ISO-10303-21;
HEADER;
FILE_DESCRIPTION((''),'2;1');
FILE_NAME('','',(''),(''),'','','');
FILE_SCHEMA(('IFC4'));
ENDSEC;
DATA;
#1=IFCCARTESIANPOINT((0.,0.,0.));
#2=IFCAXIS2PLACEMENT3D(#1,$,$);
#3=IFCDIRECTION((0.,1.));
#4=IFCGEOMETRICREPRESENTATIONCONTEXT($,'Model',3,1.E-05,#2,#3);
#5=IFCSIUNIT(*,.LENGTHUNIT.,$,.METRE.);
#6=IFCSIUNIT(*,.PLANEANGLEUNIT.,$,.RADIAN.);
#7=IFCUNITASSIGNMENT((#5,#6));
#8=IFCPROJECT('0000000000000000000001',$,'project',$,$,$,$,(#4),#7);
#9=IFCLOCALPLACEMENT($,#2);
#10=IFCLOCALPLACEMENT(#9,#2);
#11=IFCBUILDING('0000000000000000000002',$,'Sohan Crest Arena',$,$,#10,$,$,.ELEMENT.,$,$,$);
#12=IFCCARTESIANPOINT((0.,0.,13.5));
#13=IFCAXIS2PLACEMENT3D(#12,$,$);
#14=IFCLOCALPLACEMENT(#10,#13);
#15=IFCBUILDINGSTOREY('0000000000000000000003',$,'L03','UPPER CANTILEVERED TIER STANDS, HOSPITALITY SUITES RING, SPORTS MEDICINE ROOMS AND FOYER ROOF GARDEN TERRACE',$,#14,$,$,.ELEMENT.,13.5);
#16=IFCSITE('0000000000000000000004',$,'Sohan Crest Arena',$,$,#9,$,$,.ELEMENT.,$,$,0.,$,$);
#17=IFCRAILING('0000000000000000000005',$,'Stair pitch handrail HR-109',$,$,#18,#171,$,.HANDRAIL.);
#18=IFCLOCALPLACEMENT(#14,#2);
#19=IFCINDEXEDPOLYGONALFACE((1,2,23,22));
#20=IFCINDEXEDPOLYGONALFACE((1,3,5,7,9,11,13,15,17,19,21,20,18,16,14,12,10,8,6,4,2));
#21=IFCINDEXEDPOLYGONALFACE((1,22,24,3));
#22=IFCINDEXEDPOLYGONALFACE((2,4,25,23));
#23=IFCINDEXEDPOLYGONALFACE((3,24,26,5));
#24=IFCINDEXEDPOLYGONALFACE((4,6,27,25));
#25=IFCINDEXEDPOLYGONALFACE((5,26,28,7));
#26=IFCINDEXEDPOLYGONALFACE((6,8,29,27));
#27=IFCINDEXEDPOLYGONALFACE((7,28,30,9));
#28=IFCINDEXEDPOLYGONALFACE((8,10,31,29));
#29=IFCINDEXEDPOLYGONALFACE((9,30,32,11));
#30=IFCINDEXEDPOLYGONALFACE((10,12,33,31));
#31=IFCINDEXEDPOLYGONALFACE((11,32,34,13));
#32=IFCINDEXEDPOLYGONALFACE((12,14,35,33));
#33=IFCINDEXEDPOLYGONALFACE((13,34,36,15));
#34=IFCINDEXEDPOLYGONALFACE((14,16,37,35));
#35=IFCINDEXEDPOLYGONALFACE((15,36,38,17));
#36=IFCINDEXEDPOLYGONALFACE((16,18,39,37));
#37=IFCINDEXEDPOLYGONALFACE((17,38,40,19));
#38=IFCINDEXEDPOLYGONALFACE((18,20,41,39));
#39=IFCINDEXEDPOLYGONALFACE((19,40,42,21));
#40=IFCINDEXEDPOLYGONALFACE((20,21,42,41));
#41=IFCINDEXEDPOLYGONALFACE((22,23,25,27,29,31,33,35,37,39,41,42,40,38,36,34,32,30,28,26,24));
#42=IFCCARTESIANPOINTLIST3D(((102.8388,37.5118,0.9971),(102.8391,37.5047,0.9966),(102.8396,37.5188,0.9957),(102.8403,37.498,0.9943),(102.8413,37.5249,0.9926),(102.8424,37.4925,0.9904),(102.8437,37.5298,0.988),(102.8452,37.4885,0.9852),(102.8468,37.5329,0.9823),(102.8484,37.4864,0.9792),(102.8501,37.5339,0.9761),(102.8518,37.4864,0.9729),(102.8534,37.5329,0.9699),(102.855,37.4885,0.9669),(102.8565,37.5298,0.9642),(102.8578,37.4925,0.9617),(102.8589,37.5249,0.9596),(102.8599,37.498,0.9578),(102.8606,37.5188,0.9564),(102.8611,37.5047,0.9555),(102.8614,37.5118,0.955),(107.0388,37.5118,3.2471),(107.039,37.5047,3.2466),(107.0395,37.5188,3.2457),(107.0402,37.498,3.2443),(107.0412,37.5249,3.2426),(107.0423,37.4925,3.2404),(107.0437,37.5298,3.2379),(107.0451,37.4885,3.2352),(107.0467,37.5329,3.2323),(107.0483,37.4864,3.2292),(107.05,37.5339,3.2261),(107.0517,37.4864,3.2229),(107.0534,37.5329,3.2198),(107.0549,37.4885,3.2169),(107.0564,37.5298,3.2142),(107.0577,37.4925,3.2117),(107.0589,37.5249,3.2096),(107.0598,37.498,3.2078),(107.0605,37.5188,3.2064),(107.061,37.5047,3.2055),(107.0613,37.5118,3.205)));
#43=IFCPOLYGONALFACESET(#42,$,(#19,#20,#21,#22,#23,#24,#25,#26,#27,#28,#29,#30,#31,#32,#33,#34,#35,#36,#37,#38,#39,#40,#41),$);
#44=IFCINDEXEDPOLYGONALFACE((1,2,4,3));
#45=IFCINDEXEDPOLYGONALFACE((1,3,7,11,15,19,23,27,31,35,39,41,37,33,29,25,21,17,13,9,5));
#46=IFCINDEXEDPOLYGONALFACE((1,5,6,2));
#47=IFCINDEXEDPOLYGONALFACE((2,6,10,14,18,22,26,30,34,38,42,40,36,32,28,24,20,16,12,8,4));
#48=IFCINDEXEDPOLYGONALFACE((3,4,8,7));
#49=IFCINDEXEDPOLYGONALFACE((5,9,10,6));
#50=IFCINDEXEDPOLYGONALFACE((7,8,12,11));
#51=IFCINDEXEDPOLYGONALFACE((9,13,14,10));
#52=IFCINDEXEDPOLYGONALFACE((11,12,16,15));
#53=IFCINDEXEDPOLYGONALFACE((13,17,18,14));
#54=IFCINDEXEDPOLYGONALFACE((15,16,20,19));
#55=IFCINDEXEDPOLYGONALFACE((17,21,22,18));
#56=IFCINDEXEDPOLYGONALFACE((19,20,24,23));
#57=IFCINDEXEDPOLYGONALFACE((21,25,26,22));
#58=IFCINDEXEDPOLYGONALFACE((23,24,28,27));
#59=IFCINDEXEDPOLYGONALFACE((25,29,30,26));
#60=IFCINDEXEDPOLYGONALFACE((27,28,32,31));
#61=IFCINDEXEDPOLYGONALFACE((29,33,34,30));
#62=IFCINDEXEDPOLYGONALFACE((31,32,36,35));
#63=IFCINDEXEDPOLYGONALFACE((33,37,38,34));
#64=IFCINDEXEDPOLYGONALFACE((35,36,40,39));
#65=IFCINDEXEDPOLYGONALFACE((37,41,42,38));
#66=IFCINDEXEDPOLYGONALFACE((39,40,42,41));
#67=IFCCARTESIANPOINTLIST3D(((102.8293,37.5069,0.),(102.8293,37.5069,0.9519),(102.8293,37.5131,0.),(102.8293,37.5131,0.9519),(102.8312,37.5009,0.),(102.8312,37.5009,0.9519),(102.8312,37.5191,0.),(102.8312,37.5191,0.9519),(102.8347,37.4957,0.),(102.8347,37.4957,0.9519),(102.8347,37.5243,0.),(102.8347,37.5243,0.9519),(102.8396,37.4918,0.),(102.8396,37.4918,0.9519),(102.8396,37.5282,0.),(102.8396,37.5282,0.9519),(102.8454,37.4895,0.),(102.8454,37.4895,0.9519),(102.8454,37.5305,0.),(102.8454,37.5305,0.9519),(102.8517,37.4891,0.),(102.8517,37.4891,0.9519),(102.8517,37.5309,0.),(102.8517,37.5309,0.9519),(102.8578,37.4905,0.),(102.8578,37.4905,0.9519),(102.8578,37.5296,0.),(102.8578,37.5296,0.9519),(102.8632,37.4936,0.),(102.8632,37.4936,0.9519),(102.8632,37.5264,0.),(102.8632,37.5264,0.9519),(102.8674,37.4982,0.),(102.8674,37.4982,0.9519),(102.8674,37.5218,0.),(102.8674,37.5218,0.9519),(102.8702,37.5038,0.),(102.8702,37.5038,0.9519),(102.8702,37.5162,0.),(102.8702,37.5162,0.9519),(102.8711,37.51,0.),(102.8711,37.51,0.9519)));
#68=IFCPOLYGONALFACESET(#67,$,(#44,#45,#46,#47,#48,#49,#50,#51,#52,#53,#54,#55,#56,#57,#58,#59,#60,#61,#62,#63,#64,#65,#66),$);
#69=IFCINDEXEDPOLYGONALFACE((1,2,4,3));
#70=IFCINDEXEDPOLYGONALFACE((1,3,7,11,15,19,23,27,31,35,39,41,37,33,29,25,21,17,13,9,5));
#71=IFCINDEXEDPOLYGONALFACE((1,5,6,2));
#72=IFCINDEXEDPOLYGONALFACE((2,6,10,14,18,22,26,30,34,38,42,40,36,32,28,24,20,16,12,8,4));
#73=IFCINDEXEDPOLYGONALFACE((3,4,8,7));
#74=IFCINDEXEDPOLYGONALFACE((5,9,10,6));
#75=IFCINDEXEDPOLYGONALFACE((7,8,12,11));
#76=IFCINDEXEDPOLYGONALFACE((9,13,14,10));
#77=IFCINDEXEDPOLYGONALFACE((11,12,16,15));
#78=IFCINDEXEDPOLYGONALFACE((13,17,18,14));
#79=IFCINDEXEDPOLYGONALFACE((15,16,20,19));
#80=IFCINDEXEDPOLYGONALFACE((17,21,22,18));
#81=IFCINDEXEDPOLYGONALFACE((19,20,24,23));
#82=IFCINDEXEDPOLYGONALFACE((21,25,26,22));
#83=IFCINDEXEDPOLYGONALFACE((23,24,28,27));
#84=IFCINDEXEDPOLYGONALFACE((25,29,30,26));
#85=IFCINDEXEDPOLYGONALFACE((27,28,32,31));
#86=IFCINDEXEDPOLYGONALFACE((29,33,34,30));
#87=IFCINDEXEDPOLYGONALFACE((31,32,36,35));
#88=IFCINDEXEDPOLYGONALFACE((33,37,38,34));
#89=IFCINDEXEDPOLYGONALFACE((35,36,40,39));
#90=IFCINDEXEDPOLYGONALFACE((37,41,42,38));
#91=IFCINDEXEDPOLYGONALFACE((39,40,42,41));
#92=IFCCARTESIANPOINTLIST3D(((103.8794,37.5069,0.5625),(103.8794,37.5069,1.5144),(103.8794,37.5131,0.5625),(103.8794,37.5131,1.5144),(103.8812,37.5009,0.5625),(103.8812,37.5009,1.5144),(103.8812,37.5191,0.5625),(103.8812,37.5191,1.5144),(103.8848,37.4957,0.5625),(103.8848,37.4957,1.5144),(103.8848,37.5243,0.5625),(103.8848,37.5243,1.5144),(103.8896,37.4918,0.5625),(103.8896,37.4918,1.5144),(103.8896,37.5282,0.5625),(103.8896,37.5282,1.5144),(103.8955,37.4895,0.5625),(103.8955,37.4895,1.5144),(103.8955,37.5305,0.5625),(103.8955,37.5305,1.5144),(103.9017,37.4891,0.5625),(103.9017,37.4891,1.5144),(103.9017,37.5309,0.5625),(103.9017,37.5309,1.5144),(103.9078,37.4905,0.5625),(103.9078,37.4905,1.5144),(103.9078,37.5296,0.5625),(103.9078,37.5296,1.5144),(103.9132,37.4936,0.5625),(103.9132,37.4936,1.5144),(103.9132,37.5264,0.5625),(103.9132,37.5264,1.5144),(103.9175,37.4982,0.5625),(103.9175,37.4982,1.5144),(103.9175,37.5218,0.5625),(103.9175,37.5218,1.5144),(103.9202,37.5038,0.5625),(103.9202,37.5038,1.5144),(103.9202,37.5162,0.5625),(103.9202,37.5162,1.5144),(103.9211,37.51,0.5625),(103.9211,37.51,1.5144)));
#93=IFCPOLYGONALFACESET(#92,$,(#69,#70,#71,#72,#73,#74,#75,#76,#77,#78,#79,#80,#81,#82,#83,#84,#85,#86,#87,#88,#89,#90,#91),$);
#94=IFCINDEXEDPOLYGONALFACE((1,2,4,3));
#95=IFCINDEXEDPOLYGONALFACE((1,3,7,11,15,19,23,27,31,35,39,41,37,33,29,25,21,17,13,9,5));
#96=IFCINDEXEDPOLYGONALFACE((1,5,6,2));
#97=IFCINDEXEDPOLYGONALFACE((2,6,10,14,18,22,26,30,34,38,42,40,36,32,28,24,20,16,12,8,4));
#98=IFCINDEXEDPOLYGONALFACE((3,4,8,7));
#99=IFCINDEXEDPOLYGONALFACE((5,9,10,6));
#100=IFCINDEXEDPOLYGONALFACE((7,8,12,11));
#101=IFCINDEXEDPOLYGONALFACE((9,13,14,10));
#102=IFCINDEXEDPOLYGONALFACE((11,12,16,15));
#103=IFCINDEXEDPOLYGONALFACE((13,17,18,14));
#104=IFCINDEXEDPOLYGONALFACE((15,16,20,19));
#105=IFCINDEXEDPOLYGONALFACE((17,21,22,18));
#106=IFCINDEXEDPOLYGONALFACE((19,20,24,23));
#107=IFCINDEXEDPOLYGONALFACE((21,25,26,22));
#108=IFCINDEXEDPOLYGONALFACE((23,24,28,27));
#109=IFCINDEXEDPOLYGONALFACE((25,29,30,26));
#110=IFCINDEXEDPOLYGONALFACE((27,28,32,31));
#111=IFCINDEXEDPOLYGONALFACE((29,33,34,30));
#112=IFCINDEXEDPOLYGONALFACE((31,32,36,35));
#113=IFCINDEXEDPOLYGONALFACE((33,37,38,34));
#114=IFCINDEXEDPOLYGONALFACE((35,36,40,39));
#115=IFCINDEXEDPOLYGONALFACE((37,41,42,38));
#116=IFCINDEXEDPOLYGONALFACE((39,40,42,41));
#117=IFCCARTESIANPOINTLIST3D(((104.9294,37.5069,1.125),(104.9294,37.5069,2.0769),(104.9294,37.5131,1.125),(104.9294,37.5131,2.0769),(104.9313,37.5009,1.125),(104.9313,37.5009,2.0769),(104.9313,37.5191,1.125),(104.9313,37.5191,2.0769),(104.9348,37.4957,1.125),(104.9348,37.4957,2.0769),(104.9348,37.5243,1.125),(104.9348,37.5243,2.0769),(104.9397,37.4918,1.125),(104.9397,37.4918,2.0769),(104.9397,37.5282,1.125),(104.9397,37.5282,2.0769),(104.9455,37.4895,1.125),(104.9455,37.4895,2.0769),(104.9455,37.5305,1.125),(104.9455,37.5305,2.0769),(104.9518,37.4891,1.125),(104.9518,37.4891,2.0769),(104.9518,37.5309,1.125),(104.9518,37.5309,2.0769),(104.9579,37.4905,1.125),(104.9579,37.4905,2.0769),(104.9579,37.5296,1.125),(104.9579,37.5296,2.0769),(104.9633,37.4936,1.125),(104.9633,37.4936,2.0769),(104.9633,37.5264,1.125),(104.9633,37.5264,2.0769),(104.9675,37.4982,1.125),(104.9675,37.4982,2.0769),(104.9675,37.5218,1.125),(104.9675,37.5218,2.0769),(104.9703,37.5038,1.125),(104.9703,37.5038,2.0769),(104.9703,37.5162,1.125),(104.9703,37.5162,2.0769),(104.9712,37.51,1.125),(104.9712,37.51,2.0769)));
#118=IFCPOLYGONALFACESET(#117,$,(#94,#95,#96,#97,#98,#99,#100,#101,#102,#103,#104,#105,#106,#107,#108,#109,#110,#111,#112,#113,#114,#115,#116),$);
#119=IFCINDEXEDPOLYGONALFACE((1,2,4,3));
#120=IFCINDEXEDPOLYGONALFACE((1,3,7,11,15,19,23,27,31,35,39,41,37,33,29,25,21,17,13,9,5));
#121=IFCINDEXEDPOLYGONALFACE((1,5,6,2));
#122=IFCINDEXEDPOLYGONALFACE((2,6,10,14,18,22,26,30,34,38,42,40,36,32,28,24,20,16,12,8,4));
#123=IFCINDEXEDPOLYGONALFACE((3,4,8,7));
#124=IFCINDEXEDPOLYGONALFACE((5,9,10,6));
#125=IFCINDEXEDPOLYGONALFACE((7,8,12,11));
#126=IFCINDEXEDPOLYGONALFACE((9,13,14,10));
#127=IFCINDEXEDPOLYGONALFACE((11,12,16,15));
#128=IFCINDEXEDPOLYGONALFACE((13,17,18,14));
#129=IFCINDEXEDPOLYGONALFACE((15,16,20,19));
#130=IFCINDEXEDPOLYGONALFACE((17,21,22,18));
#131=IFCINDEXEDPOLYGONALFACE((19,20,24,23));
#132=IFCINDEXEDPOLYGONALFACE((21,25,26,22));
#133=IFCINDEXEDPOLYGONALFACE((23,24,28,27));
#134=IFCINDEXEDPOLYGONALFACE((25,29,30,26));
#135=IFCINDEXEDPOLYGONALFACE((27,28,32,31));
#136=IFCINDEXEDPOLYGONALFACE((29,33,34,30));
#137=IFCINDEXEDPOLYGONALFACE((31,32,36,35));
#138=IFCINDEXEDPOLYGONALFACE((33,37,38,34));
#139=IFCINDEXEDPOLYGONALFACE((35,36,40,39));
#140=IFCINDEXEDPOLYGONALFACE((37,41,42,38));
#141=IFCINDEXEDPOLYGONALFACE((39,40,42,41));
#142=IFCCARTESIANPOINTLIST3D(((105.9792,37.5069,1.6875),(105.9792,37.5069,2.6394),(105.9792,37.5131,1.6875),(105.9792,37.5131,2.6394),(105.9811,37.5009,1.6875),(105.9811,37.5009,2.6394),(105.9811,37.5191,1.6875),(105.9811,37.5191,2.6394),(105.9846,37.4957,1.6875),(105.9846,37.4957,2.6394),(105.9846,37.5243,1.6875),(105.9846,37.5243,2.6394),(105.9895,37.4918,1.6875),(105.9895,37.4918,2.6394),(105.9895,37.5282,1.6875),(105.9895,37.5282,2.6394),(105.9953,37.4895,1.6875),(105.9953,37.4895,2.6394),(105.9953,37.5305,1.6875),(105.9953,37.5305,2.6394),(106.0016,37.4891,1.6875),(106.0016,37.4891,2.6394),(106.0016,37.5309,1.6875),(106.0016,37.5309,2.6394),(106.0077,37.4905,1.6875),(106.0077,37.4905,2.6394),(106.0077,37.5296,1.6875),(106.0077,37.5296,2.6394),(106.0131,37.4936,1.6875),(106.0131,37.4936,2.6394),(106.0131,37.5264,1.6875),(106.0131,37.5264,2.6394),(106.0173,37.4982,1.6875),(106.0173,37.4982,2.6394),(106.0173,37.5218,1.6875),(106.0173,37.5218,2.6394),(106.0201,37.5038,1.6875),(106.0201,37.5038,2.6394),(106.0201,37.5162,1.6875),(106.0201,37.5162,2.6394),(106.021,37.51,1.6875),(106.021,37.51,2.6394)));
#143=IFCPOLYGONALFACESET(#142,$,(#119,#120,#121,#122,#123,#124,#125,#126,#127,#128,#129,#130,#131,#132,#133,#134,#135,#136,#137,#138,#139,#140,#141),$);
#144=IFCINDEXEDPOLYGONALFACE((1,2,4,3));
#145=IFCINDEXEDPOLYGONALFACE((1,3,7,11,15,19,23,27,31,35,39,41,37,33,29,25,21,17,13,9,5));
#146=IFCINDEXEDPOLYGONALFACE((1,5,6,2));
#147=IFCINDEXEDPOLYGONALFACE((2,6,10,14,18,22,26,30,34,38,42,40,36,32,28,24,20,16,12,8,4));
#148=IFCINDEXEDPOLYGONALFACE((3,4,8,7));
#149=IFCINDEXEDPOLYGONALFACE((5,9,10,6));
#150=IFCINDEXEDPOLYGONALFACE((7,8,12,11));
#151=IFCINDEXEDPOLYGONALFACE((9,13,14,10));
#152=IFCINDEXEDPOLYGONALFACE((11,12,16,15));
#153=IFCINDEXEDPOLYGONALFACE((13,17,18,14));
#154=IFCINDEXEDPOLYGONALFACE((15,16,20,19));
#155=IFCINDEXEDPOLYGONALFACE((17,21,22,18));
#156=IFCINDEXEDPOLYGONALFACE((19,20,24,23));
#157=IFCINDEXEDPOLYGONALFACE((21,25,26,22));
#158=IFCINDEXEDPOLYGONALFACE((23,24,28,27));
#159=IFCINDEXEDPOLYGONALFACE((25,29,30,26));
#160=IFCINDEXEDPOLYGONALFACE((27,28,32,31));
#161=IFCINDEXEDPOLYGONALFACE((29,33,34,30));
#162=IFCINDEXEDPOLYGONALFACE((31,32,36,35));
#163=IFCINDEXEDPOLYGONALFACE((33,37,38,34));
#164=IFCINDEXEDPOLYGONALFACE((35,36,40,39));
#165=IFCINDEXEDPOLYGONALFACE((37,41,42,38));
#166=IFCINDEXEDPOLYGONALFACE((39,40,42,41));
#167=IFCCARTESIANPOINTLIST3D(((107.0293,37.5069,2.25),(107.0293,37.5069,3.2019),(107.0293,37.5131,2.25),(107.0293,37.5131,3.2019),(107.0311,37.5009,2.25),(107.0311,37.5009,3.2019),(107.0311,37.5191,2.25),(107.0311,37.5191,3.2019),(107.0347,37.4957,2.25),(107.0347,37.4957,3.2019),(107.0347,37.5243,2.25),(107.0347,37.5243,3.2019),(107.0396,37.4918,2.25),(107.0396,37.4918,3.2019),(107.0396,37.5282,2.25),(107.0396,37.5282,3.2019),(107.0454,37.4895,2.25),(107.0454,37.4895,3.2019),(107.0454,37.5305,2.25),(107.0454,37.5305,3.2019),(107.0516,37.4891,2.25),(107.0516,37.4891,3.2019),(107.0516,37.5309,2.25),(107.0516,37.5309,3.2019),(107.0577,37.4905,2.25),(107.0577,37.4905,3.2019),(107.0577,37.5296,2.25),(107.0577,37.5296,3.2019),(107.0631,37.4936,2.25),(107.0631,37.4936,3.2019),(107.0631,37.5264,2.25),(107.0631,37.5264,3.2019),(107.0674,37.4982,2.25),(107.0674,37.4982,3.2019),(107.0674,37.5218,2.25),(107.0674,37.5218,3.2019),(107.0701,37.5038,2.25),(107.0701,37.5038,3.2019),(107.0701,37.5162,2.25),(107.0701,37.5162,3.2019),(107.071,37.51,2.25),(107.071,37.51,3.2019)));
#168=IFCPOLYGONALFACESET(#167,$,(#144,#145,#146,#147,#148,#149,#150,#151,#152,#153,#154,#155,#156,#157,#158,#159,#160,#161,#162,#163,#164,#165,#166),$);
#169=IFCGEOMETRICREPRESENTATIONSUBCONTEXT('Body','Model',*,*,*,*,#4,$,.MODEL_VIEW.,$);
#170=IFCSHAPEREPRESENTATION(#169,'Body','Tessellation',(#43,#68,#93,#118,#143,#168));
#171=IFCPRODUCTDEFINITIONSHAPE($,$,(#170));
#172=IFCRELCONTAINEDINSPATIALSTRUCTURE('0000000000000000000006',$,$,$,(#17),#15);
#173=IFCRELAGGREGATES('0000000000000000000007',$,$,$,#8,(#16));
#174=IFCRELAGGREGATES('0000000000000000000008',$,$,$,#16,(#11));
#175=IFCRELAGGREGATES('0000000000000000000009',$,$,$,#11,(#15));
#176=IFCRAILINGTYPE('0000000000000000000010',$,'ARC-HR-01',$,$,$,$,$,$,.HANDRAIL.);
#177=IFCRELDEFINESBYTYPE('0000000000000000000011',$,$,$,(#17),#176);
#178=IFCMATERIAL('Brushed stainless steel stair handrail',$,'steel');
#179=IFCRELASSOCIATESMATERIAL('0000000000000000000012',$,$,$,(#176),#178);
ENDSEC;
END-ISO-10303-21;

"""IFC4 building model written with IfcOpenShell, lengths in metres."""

from ifc_helpers import new_model, si_unit, direction, frame, origin, origin_2d, place, context, subcontext, project, spatial, circle, extrude, material, type_object, element, save


model = new_model("IFC4")

# Units and contexts
model_context = context("Model", 3, precision=1e-05, world=origin(), true_north=direction((0.0, 1.0)))
body_context = subcontext(model_context, "Body", "Model", "MODEL_VIEW")
ifc_project = project(units=[si_unit("LENGTHUNIT", "METRE"), si_unit("PLANEANGLEUNIT", "RADIAN")], contexts=[model_context])

# Site, building, storey
site_placement = place(None, origin())
site = spatial("IfcSite", under=ifc_project, at=site_placement, Name="Sohan Crest Arena", CompositionType="ELEMENT", RefElevation=0.0)
building_placement = place(site_placement, origin())
building = spatial("IfcBuilding", under=site, at=building_placement, Name="Sohan Crest Arena", CompositionType="ELEMENT")
storey_placement = place(building_placement, frame((0.0, 0.0, 13.5)))
storey = spatial("IfcBuildingStorey", under=building, at=storey_placement, Name="L03", Description="UPPER CANTILEVERED TIER STANDS, HOSPITALITY SUITES RING, SPORTS MEDICINE ROOMS AND FOYER ROOF GARDEN TERRACE", CompositionType="ELEMENT", Elevation=13.5)

# Railing
ifc_material_1 = material(Name="Brushed stainless steel stair handrail", Category="steel")
railing_type_1 = type_object("IfcRailingType", Name="ARC-HR-01", PredefinedType="HANDRAIL", material=ifc_material_1)
for number, where, name in (
    (1, (102.8501, 37.51, 0.0), "Stair pitch handrail HR-109"),
):
    element("IfcRailing", number, at=place(storey_placement, frame(where)), inside=storey, type_object=railing_type_1, Name=name, PredefinedType="HANDRAIL", context=body_context, shape_type="SweptSolid", body=[
        extrude(circle(Radius=0.0239, at=origin_2d()), frame((0.0, 0.0, 0.9761), z_axis=(0.881478, 0.0, 0.472226), x_axis=(0.0, 1.0, 0.0)), (0.0, 0.0, 1.0), 4.7646),
        extrude(circle(Radius=0.021, at=origin_2d()), origin(), (0.0, 0.0, 1.0), 0.9519),
        extrude(circle(Radius=0.021, at=origin_2d()), frame((1.05, 0.0, 0.5625)), (0.0, 0.0, 1.0), 0.9519),
        extrude(circle(Radius=0.021, at=origin_2d()), frame((2.1001, 0.0, 1.125)), (0.0, 0.0, 1.0), 0.9519),
        extrude(circle(Radius=0.021, at=origin_2d()), frame((3.1499, 0.0, 1.6875)), (0.0, 0.0, 1.0), 0.9519),
        extrude(circle(Radius=0.021, at=origin_2d()), frame((4.2, 0.0, 2.25)), (0.0, 0.0, 1.0), 0.9519),
    ])

save(model, "model.ifc")
